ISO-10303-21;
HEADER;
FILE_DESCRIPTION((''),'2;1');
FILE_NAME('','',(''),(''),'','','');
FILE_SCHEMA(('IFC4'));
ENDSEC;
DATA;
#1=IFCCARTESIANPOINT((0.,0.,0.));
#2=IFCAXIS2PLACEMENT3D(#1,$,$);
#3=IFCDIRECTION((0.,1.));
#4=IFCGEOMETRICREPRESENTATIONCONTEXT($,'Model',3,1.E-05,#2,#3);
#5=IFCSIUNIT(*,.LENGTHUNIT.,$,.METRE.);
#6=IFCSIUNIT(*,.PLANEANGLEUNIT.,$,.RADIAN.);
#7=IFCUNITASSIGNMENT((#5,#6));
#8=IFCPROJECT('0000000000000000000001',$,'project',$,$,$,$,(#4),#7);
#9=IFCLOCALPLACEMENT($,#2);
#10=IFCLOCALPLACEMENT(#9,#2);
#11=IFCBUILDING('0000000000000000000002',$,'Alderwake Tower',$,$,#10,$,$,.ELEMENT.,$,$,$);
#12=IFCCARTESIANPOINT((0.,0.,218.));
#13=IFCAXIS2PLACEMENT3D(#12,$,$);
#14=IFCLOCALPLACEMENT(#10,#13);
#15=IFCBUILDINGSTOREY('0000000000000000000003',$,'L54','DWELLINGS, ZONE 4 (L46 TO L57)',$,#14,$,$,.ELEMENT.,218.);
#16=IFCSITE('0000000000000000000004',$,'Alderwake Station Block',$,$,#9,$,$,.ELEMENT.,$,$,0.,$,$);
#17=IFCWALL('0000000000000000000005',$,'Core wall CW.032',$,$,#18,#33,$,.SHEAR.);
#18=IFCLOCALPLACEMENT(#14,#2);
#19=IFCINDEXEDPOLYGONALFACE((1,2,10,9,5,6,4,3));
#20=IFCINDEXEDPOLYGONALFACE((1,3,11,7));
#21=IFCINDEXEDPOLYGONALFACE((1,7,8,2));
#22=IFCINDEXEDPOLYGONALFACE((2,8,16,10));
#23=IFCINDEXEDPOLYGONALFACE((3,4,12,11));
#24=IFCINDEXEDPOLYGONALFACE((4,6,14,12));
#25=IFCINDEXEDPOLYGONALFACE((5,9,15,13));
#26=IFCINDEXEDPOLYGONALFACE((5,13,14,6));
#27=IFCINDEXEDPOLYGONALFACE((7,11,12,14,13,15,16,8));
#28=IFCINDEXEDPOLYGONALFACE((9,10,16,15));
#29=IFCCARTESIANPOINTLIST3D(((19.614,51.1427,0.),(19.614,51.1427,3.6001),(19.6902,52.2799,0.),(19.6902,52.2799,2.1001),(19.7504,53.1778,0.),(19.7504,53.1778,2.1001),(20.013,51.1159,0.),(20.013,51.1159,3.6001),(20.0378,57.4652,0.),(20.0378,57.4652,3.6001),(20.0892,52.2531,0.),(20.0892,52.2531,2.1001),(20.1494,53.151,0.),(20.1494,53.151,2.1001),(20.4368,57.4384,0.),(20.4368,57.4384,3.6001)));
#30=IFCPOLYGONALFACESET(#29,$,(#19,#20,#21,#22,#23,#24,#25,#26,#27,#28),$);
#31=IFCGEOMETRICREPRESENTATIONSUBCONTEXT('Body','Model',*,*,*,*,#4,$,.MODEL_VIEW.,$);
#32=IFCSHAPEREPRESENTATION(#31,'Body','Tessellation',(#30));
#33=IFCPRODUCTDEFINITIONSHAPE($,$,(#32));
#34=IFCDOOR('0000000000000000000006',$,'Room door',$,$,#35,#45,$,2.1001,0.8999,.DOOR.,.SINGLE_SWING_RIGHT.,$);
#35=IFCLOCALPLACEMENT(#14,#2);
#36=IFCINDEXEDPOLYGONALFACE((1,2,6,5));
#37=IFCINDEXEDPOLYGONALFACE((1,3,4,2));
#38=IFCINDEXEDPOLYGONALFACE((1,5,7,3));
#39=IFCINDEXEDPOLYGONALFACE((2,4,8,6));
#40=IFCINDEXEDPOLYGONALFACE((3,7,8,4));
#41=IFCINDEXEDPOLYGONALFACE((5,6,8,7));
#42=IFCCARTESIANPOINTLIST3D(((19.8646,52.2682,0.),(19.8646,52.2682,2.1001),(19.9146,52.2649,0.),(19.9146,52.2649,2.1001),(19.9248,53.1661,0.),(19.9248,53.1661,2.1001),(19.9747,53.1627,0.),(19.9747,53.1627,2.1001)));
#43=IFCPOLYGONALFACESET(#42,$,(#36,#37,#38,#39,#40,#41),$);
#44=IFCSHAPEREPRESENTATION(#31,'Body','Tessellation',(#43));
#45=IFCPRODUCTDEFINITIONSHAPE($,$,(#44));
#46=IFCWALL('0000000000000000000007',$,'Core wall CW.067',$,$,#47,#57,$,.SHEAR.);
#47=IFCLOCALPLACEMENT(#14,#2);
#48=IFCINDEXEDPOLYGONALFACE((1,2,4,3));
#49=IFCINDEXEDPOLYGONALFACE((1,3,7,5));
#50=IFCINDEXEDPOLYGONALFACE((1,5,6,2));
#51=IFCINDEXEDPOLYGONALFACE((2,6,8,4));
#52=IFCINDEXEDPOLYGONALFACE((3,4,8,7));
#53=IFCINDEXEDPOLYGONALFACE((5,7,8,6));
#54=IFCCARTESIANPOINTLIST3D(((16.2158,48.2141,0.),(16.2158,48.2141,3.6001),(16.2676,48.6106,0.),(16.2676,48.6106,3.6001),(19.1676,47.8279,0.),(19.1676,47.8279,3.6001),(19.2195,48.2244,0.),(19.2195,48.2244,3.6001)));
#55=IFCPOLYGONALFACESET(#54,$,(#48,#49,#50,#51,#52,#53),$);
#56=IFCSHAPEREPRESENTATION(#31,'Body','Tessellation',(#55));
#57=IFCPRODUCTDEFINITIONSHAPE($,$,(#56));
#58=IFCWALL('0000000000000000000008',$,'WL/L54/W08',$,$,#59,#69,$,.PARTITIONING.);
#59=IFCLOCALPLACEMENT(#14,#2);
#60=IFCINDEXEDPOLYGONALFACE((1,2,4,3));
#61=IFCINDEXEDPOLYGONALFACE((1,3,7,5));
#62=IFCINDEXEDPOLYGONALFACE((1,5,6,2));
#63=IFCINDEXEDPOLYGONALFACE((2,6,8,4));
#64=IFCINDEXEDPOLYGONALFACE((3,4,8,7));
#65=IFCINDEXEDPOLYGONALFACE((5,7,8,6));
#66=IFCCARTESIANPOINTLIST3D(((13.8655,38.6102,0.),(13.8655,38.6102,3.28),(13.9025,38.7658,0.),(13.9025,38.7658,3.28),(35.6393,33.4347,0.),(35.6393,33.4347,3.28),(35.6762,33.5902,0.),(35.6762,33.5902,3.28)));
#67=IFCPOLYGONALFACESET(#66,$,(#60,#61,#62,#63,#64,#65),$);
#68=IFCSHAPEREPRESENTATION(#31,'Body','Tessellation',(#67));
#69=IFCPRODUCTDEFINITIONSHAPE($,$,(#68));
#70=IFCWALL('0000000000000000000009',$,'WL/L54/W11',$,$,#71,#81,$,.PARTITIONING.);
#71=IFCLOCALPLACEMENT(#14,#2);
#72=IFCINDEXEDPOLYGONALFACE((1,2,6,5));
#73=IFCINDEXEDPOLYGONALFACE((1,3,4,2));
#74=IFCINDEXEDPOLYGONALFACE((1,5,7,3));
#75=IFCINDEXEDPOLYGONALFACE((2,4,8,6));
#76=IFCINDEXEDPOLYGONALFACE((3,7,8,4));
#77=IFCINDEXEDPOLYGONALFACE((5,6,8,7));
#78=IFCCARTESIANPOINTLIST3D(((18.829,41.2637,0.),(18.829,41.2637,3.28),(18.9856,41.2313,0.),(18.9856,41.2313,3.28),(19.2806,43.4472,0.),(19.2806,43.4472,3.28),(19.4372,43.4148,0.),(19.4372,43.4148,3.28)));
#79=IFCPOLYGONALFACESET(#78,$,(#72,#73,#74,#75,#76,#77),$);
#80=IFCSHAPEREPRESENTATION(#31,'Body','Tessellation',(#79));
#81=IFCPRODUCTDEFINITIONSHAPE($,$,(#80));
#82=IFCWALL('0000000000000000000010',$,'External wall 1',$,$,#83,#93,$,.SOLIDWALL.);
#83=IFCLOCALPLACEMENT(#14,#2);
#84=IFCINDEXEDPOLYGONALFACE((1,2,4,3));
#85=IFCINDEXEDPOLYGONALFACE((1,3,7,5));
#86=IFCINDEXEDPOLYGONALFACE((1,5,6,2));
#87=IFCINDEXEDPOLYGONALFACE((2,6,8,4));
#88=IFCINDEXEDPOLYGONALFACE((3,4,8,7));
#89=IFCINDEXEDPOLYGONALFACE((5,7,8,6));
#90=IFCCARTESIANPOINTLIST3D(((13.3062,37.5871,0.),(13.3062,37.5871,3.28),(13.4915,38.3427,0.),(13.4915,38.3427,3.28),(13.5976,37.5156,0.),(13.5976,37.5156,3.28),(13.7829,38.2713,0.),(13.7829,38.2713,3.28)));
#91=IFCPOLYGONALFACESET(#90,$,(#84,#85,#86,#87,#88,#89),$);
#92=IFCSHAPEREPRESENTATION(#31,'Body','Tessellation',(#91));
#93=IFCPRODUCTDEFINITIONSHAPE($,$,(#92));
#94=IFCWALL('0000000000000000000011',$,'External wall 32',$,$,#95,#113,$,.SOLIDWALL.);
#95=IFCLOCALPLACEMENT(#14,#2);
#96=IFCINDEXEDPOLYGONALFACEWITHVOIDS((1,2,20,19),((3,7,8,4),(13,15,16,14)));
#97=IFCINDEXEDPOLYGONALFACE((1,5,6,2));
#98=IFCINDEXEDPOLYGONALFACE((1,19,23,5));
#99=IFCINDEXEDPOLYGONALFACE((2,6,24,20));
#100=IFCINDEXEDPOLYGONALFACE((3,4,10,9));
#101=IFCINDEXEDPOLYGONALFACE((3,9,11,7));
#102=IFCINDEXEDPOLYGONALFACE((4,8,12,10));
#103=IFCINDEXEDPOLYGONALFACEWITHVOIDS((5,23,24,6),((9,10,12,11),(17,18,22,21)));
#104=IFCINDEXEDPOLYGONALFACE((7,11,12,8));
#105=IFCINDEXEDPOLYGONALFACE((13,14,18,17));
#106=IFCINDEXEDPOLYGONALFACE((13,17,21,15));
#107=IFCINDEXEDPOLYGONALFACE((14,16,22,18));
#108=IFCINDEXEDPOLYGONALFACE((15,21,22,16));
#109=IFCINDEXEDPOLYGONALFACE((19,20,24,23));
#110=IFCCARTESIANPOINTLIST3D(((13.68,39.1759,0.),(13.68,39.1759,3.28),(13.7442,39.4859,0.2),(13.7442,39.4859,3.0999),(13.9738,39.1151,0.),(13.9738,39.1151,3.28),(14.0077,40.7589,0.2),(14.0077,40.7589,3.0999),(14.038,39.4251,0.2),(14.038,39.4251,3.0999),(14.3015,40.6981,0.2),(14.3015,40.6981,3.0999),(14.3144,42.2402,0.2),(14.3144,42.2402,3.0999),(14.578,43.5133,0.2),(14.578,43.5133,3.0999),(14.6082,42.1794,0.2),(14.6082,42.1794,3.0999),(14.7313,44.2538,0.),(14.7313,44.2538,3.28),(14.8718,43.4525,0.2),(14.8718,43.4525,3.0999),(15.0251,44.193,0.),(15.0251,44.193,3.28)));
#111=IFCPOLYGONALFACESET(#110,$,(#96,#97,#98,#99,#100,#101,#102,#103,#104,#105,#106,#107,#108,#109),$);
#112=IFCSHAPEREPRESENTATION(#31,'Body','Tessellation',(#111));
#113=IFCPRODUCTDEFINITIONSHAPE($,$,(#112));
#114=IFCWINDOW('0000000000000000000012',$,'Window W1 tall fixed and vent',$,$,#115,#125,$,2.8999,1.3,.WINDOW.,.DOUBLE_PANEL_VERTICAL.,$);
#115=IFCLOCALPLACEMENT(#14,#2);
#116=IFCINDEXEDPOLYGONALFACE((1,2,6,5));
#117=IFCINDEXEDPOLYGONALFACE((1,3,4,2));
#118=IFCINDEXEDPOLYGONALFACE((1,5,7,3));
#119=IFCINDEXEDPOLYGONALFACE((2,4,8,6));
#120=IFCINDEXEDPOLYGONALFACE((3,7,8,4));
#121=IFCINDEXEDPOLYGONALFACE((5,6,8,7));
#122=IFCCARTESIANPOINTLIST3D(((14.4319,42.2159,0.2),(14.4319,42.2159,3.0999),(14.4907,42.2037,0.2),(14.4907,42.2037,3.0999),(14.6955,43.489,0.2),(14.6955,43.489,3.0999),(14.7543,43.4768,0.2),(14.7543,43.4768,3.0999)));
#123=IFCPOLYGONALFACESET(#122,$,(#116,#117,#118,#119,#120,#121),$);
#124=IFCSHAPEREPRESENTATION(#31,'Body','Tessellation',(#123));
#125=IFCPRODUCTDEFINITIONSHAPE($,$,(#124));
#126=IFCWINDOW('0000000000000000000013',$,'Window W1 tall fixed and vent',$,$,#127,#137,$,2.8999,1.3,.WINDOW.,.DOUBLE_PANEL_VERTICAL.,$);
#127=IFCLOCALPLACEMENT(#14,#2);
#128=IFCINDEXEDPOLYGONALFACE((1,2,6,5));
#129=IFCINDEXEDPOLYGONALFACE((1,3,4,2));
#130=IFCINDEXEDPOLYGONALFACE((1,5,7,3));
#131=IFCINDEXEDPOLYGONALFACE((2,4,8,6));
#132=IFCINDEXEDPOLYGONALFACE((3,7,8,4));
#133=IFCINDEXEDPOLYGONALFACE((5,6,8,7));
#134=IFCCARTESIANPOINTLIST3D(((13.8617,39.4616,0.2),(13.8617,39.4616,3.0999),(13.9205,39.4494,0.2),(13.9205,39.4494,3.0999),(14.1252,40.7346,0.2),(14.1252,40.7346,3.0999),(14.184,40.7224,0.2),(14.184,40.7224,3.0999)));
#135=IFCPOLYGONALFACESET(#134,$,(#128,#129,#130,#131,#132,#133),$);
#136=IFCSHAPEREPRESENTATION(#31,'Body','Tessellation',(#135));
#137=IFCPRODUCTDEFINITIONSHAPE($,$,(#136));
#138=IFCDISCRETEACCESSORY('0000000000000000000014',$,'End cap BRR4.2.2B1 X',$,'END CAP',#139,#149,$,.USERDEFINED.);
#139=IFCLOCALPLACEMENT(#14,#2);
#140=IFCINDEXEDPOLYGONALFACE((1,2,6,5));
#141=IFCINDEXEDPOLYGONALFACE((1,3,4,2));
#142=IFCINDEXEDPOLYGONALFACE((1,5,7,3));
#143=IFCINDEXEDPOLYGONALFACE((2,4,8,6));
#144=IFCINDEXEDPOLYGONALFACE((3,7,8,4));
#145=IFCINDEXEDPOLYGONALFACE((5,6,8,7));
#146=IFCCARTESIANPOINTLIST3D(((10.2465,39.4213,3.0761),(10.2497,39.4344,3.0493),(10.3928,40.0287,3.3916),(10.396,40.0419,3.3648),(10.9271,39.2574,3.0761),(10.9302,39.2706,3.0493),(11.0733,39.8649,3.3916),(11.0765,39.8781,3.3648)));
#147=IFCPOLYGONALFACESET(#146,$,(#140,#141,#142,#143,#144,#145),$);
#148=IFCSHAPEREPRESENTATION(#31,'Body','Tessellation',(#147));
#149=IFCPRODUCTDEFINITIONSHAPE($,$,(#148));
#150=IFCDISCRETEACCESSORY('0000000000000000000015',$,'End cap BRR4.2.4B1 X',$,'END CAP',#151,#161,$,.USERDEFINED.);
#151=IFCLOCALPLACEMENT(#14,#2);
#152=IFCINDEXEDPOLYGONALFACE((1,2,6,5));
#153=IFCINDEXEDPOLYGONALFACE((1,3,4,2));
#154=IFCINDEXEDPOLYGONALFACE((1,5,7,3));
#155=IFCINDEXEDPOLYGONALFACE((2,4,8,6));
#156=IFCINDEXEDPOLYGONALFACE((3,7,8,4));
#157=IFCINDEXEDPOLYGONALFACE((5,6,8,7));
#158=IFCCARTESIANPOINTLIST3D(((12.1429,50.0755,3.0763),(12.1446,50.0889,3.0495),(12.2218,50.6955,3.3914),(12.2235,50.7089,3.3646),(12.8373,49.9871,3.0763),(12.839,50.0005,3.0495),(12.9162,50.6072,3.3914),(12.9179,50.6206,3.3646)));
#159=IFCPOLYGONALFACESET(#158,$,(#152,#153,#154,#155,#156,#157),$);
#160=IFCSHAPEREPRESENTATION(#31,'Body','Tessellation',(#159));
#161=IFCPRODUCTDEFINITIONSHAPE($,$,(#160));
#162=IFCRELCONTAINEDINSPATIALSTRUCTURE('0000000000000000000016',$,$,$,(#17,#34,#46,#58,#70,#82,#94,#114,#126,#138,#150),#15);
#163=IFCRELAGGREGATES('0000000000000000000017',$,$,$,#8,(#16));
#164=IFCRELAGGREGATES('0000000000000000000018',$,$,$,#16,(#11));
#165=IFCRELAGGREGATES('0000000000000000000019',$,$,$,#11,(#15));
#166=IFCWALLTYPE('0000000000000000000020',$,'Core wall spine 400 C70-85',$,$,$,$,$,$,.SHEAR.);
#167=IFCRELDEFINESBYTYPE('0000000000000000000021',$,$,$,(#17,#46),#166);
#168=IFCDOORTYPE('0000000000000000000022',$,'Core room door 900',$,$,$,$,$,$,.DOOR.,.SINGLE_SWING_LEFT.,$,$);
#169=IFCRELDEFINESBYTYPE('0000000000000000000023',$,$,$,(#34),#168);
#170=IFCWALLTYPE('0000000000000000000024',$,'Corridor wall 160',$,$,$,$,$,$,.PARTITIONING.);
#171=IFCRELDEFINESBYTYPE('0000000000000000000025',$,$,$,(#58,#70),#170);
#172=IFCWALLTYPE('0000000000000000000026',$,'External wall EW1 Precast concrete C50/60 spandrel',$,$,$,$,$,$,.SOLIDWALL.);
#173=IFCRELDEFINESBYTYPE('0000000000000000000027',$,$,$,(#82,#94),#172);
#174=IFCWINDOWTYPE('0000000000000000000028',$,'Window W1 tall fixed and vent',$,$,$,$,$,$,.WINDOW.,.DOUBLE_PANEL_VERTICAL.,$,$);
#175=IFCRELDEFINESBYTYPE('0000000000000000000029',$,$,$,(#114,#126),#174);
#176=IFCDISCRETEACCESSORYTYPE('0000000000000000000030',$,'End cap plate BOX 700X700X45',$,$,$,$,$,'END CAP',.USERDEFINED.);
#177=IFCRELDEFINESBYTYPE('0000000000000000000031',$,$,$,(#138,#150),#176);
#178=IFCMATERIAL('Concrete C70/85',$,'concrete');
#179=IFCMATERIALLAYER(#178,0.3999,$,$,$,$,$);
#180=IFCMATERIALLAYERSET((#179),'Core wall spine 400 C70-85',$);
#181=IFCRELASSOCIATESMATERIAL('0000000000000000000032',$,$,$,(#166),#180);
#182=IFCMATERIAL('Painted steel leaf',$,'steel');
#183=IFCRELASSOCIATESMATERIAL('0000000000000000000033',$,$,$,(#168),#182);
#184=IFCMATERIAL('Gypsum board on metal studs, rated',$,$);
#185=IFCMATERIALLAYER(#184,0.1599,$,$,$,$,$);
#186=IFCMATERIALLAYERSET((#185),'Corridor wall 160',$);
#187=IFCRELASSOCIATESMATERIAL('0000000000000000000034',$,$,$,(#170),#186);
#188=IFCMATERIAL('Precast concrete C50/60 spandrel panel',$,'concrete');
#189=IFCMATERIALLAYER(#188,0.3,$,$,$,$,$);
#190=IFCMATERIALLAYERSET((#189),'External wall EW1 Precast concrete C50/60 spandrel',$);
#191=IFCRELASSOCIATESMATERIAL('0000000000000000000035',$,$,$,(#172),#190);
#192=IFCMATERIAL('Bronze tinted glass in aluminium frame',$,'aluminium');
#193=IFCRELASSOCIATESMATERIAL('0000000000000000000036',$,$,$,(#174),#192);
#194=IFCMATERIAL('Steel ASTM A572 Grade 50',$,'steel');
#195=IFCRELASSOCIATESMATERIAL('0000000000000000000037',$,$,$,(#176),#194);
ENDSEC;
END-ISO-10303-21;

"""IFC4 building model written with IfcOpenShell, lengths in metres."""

from ifc_helpers import new_model, si_unit, direction, frame, frame_2d, origin, origin_2d, place, context, subcontext, project, spatial, rectangle, extrude, material, layer, layer_set, material_profile, profile_set, type_object, element, fill, save


model = new_model("IFC4")

# Units and contexts
model_context = context("Model", 3, precision=1e-05, world=origin(), true_north=direction((0.0, 1.0)))
body_context = subcontext(model_context, "Body", "Model", "MODEL_VIEW")
ifc_project = project(units=[si_unit("LENGTHUNIT", "METRE"), si_unit("PLANEANGLEUNIT", "RADIAN")], contexts=[model_context])

# Site, building, storey
site_placement = place(None, origin())
site = spatial("IfcSite", under=ifc_project, at=site_placement, Name="Alderwake Station Block", CompositionType="ELEMENT", RefElevation=0.0)
building_placement = place(site_placement, origin())
building = spatial("IfcBuilding", under=site, at=building_placement, Name="Alderwake Tower", CompositionType="ELEMENT")
storey_placement = place(building_placement, frame((0.0, 0.0, 218.0)))
storey = spatial("IfcBuildingStorey", under=building, at=storey_placement, Name="L54", Description="DWELLINGS, ZONE 4 (L46 TO L57)", CompositionType="ELEMENT", Elevation=218.0)

# Shared definitions
ifc_material_1 = material(Name="Concrete C70/85", Category="concrete")
ifc_layer_1 = layer(ifc_material_1, 0.3999)
ifc_layer_set_1 = layer_set([ifc_layer_1], Name="Core wall spine 400 C70-85")
wall_type_1 = type_object("IfcWallType", Name="Core wall spine 400 C70-85", PredefinedType="SHEAR", material=ifc_layer_set_1)

# Wall, opening, door
wall_1_placement = place(storey_placement, frame((20.2373, 57.4519, 0.0), z_axis=(0.0, 0.0, 1.0), x_axis=(-0.066885, -0.997761, 0.0)))
wall_1 = element("IfcWall", 1, at=wall_1_placement, inside=storey, type_object=wall_type_1, Name="Core wall CW.032", PredefinedType="SHEAR", context=body_context, shape_type="SweptSolid", body=[
    extrude(rectangle(XDim=6.3367, YDim=0.3999, at=frame_2d((3.1685, 0.0))), origin(), (0.0, 0.0, 1.0), 3.6001),
])
opening_1_placement = place(wall_1_placement, frame((4.2971, 0.0, 0.0)))
opening_1 = element("IfcOpeningElement", 2, at=opening_1_placement, cuts=wall_1, PredefinedType="OPENING", context=body_context, shape_type="SweptSolid", body=[
    extrude(rectangle(XDim=0.8999, YDim=2.1001, at=frame_2d((0.45, 1.05))), frame((0.0, 0.21, 0.0), z_axis=(0.0, -1.0, 0.0), x_axis=(1.0, 0.0, 0.0)), (0.0, 0.0, 1.0), 0.4199),
])
ifc_material_2 = material(Name="Painted steel leaf", Category="steel")
door_type_1 = type_object("IfcDoorType", Name="Core room door 900", OperationType="SINGLE_SWING_LEFT", PredefinedType="DOOR", material=ifc_material_2)
door_1_placement = place(opening_1_placement, origin())
door_1 = element("IfcDoor", 3, at=door_1_placement, inside=storey, type_object=door_type_1, Name="Room door", OperationType="SINGLE_SWING_RIGHT", OverallHeight=2.1001, OverallWidth=0.8999, PredefinedType="DOOR", context=body_context, shape_type="SweptSolid", body=[
    extrude(rectangle(XDim=0.8999, YDim=2.1001, at=frame_2d((0.45, 1.05))), frame((0.0, 0.0249, 0.0), z_axis=(0.0, -1.0, 0.0), x_axis=(1.0, 0.0, 0.0)), (0.0, 0.0, 1.0), 0.05),
])
fill(opening_1, door_1)

# Walls
wall_2_placement = place(storey_placement, frame((16.2417, 48.4124, 0.0), z_axis=(0.0, 0.0, 1.0), x_axis=(0.991549, -0.129735, 0.0)))
element("IfcWall", 4, at=wall_2_placement, inside=storey, type_object=wall_type_1, Name="Core wall CW.067", PredefinedType="SHEAR", context=body_context, shape_type="SweptSolid", body=[
    extrude(rectangle(XDim=2.9771, YDim=0.3999, at=frame_2d((1.4885, 0.0))), origin(), (0.0, 0.0, 1.0), 3.6001),
])
ifc_material_3 = material(Name="Gypsum board on metal studs, rated")
ifc_layer_2 = layer(ifc_material_3, 0.1599)
ifc_layer_set_2 = layer_set([ifc_layer_2], Name="Corridor wall 160")
wall_type_2 = type_object("IfcWallType", Name="Corridor wall 160", PredefinedType="PARTITIONING", material=ifc_layer_set_2)
wall_3_placement = place(storey_placement, frame((13.884, 38.688, 0.0), z_axis=(0.0, 0.0, 1.0), x_axis=(0.972893, -0.231254, 0.0)))
element("IfcWall", 5, at=wall_3_placement, inside=storey, type_object=wall_type_2, Name="WL/L54/W08", PredefinedType="PARTITIONING", context=body_context, shape_type="SweptSolid", body=[
    extrude(rectangle(XDim=22.3804, YDim=0.1599, at=frame_2d((11.1902, 0.0))), origin(), (0.0, 0.0, 1.0), 3.28),
])
wall_4_placement = place(storey_placement, frame((19.3589, 43.4309, 0.0), z_axis=(0.0, 0.0, 1.0), x_axis=(-0.202555, -0.979271, 0.0)))
element("IfcWall", 6, at=wall_4_placement, inside=storey, type_object=wall_type_2, Name="WL/L54/W11", PredefinedType="PARTITIONING", context=body_context, shape_type="SweptSolid", body=[
    extrude(rectangle(XDim=2.2297, YDim=0.1599, at=frame_2d((1.1147, 0.0))), origin(), (0.0, 0.0, 1.0), 3.28),
])
ifc_material_4 = material(Name="Precast concrete C50/60 spandrel panel", Category="concrete")
ifc_layer_3 = layer(ifc_material_4, 0.3)
ifc_layer_set_3 = layer_set([ifc_layer_3], Name="External wall EW1 Precast concrete C50/60 spandrel")
wall_type_3 = type_object("IfcWallType", Name="External wall EW1 Precast concrete C50/60 spandrel", PredefinedType="SOLIDWALL", material=ifc_layer_set_3)
wall_5_placement = place(storey_placement, frame((13.6372, 38.3071, 0.0), z_axis=(0.0, 0.0, 1.0), x_axis=(-0.238177, -0.971222, 0.0)))
element("IfcWall", 7, at=wall_5_placement, inside=storey, type_object=wall_type_3, Name="External wall 1", PredefinedType="SOLIDWALL", context=body_context, shape_type="SweptSolid", body=[
    extrude(rectangle(XDim=0.7781, YDim=0.3, at=frame_2d((0.3892, 0.0))), origin(), (0.0, 0.0, 1.0), 3.28),
])

# Wall, openings, windows
wall_6_placement = place(storey_placement, frame((14.8782, 44.2234, 0.0), z_axis=(0.0, 0.0, 1.0), x_axis=(-0.20273, -0.979235, 0.0)))
wall_6 = element("IfcWall", 8, at=wall_6_placement, inside=storey, type_object=wall_type_3, Name="External wall 32", PredefinedType="SOLIDWALL", context=body_context, shape_type="SweptSolid", body=[
    extrude(rectangle(XDim=5.1855, YDim=0.3, at=frame_2d((2.5928, 0.0))), origin(), (0.0, 0.0, 1.0), 3.28),
])
opening_2_placement = place(wall_6_placement, frame((0.7563, 0.0, 0.2)))
opening_2 = element("IfcOpeningElement", 9, at=opening_2_placement, cuts=wall_6, PredefinedType="OPENING", context=body_context, shape_type="SweptSolid", body=[
    extrude(rectangle(XDim=1.3, YDim=2.8999, at=frame_2d((0.6499, 1.45))), frame((0.0, 0.1599, 0.0), z_axis=(0.0, -1.0, 0.0), x_axis=(1.0, 0.0, 0.0)), (0.0, 0.0, 1.0), 0.3201),
])
opening_3_placement = place(wall_6_placement, frame((3.5691, 0.0, 0.2)))
opening_3 = element("IfcOpeningElement", 10, at=opening_3_placement, cuts=wall_6, PredefinedType="OPENING", context=body_context, shape_type="SweptSolid", body=[
    extrude(rectangle(XDim=1.3, YDim=2.8999, at=frame_2d((0.6499, 1.45))), frame((0.0, 0.1599, 0.0), z_axis=(0.0, -1.0, 0.0), x_axis=(1.0, 0.0, 0.0)), (0.0, 0.0, 1.0), 0.3201),
])
ifc_material_5 = material(Name="Bronze tinted glass in aluminium frame", Category="aluminium")
window_type = type_object("IfcWindowType", Name="Window W1 tall fixed and vent", PartitioningType="DOUBLE_PANEL_VERTICAL", PredefinedType="WINDOW", material=ifc_material_5)
window_1_placement = place(opening_2_placement, origin())
window_1 = element("IfcWindow", 11, at=window_1_placement, inside=storey, type_object=window_type, Name="Window W1 tall fixed and vent", OverallHeight=2.8999, OverallWidth=1.3, PartitioningType="DOUBLE_PANEL_VERTICAL", PredefinedType="WINDOW", context=body_context, shape_type="SweptSolid", body=[
    extrude(rectangle(XDim=1.3, YDim=2.8999, at=frame_2d((0.6499, 1.45))), frame((0.0, 0.03, 0.0), z_axis=(0.0, -1.0, 0.0), x_axis=(1.0, 0.0, 0.0)), (0.0, 0.0, 1.0), 0.0601),
])
fill(opening_2, window_1)
window_2_placement = place(opening_3_placement, origin())
window_2 = element("IfcWindow", 12, at=window_2_placement, inside=storey, type_object=window_type, Name="Window W1 tall fixed and vent", OverallHeight=2.8999, OverallWidth=1.3, PartitioningType="DOUBLE_PANEL_VERTICAL", PredefinedType="WINDOW", context=body_context, shape_type="SweptSolid", body=[
    extrude(rectangle(XDim=1.3, YDim=2.8999, at=frame_2d((0.6499, 1.45))), frame((0.0, 0.03, 0.0), z_axis=(0.0, -1.0, 0.0), x_axis=(1.0, 0.0, 0.0)), (0.0, 0.0, 1.0), 0.0601),
])
fill(opening_3, window_2)

# Discrete accessories
ifc_material_6 = material(Name="Steel ASTM A572 Grade 50", Category="steel")
ifc_material_profile_1 = material_profile(ifc_material_6, rectangle(XDim=0.7, YDim=0.7, at=origin_2d()), Name="BOX 700X700X45 cap")
ifc_profile_set_1 = profile_set([ifc_material_profile_1], Name="Steel ASTM A572 Grade 50")
discrete_accessory_type = type_object("IfcDiscreteAccessoryType", Name="End cap plate BOX 700X700X45", ElementType="END CAP", PredefinedType="USERDEFINED", material=ifc_profile_set_1)
for number, where, z_axis, x_axis, name in (
    (13, (10.6631, 39.6562, 3.207), (-0.105496, -0.438214, 0.892658), (0.972224, -0.234054, 0.0), "End cap BRR4.2.2B1 X"),
    (14, (12.5312, 50.3547, 3.207), (-0.056826, -0.446491, 0.892982), (0.991998, -0.126254, 0.0), "End cap BRR4.2.4B1 X"),
):
    element("IfcDiscreteAccessory", number, at=place(storey_placement, frame(where, z_axis=z_axis, x_axis=x_axis)), inside=storey, type_object=discrete_accessory_type, Name=name, ObjectType="END CAP", PredefinedType="USERDEFINED", context=body_context, shape_type="SweptSolid", body=[
        extrude(rectangle(XDim=0.7, YDim=0.7, at=origin_2d()), origin(), (0.0, 0.0, 1.0), 0.03),
    ])

save(model, "model.ifc")
